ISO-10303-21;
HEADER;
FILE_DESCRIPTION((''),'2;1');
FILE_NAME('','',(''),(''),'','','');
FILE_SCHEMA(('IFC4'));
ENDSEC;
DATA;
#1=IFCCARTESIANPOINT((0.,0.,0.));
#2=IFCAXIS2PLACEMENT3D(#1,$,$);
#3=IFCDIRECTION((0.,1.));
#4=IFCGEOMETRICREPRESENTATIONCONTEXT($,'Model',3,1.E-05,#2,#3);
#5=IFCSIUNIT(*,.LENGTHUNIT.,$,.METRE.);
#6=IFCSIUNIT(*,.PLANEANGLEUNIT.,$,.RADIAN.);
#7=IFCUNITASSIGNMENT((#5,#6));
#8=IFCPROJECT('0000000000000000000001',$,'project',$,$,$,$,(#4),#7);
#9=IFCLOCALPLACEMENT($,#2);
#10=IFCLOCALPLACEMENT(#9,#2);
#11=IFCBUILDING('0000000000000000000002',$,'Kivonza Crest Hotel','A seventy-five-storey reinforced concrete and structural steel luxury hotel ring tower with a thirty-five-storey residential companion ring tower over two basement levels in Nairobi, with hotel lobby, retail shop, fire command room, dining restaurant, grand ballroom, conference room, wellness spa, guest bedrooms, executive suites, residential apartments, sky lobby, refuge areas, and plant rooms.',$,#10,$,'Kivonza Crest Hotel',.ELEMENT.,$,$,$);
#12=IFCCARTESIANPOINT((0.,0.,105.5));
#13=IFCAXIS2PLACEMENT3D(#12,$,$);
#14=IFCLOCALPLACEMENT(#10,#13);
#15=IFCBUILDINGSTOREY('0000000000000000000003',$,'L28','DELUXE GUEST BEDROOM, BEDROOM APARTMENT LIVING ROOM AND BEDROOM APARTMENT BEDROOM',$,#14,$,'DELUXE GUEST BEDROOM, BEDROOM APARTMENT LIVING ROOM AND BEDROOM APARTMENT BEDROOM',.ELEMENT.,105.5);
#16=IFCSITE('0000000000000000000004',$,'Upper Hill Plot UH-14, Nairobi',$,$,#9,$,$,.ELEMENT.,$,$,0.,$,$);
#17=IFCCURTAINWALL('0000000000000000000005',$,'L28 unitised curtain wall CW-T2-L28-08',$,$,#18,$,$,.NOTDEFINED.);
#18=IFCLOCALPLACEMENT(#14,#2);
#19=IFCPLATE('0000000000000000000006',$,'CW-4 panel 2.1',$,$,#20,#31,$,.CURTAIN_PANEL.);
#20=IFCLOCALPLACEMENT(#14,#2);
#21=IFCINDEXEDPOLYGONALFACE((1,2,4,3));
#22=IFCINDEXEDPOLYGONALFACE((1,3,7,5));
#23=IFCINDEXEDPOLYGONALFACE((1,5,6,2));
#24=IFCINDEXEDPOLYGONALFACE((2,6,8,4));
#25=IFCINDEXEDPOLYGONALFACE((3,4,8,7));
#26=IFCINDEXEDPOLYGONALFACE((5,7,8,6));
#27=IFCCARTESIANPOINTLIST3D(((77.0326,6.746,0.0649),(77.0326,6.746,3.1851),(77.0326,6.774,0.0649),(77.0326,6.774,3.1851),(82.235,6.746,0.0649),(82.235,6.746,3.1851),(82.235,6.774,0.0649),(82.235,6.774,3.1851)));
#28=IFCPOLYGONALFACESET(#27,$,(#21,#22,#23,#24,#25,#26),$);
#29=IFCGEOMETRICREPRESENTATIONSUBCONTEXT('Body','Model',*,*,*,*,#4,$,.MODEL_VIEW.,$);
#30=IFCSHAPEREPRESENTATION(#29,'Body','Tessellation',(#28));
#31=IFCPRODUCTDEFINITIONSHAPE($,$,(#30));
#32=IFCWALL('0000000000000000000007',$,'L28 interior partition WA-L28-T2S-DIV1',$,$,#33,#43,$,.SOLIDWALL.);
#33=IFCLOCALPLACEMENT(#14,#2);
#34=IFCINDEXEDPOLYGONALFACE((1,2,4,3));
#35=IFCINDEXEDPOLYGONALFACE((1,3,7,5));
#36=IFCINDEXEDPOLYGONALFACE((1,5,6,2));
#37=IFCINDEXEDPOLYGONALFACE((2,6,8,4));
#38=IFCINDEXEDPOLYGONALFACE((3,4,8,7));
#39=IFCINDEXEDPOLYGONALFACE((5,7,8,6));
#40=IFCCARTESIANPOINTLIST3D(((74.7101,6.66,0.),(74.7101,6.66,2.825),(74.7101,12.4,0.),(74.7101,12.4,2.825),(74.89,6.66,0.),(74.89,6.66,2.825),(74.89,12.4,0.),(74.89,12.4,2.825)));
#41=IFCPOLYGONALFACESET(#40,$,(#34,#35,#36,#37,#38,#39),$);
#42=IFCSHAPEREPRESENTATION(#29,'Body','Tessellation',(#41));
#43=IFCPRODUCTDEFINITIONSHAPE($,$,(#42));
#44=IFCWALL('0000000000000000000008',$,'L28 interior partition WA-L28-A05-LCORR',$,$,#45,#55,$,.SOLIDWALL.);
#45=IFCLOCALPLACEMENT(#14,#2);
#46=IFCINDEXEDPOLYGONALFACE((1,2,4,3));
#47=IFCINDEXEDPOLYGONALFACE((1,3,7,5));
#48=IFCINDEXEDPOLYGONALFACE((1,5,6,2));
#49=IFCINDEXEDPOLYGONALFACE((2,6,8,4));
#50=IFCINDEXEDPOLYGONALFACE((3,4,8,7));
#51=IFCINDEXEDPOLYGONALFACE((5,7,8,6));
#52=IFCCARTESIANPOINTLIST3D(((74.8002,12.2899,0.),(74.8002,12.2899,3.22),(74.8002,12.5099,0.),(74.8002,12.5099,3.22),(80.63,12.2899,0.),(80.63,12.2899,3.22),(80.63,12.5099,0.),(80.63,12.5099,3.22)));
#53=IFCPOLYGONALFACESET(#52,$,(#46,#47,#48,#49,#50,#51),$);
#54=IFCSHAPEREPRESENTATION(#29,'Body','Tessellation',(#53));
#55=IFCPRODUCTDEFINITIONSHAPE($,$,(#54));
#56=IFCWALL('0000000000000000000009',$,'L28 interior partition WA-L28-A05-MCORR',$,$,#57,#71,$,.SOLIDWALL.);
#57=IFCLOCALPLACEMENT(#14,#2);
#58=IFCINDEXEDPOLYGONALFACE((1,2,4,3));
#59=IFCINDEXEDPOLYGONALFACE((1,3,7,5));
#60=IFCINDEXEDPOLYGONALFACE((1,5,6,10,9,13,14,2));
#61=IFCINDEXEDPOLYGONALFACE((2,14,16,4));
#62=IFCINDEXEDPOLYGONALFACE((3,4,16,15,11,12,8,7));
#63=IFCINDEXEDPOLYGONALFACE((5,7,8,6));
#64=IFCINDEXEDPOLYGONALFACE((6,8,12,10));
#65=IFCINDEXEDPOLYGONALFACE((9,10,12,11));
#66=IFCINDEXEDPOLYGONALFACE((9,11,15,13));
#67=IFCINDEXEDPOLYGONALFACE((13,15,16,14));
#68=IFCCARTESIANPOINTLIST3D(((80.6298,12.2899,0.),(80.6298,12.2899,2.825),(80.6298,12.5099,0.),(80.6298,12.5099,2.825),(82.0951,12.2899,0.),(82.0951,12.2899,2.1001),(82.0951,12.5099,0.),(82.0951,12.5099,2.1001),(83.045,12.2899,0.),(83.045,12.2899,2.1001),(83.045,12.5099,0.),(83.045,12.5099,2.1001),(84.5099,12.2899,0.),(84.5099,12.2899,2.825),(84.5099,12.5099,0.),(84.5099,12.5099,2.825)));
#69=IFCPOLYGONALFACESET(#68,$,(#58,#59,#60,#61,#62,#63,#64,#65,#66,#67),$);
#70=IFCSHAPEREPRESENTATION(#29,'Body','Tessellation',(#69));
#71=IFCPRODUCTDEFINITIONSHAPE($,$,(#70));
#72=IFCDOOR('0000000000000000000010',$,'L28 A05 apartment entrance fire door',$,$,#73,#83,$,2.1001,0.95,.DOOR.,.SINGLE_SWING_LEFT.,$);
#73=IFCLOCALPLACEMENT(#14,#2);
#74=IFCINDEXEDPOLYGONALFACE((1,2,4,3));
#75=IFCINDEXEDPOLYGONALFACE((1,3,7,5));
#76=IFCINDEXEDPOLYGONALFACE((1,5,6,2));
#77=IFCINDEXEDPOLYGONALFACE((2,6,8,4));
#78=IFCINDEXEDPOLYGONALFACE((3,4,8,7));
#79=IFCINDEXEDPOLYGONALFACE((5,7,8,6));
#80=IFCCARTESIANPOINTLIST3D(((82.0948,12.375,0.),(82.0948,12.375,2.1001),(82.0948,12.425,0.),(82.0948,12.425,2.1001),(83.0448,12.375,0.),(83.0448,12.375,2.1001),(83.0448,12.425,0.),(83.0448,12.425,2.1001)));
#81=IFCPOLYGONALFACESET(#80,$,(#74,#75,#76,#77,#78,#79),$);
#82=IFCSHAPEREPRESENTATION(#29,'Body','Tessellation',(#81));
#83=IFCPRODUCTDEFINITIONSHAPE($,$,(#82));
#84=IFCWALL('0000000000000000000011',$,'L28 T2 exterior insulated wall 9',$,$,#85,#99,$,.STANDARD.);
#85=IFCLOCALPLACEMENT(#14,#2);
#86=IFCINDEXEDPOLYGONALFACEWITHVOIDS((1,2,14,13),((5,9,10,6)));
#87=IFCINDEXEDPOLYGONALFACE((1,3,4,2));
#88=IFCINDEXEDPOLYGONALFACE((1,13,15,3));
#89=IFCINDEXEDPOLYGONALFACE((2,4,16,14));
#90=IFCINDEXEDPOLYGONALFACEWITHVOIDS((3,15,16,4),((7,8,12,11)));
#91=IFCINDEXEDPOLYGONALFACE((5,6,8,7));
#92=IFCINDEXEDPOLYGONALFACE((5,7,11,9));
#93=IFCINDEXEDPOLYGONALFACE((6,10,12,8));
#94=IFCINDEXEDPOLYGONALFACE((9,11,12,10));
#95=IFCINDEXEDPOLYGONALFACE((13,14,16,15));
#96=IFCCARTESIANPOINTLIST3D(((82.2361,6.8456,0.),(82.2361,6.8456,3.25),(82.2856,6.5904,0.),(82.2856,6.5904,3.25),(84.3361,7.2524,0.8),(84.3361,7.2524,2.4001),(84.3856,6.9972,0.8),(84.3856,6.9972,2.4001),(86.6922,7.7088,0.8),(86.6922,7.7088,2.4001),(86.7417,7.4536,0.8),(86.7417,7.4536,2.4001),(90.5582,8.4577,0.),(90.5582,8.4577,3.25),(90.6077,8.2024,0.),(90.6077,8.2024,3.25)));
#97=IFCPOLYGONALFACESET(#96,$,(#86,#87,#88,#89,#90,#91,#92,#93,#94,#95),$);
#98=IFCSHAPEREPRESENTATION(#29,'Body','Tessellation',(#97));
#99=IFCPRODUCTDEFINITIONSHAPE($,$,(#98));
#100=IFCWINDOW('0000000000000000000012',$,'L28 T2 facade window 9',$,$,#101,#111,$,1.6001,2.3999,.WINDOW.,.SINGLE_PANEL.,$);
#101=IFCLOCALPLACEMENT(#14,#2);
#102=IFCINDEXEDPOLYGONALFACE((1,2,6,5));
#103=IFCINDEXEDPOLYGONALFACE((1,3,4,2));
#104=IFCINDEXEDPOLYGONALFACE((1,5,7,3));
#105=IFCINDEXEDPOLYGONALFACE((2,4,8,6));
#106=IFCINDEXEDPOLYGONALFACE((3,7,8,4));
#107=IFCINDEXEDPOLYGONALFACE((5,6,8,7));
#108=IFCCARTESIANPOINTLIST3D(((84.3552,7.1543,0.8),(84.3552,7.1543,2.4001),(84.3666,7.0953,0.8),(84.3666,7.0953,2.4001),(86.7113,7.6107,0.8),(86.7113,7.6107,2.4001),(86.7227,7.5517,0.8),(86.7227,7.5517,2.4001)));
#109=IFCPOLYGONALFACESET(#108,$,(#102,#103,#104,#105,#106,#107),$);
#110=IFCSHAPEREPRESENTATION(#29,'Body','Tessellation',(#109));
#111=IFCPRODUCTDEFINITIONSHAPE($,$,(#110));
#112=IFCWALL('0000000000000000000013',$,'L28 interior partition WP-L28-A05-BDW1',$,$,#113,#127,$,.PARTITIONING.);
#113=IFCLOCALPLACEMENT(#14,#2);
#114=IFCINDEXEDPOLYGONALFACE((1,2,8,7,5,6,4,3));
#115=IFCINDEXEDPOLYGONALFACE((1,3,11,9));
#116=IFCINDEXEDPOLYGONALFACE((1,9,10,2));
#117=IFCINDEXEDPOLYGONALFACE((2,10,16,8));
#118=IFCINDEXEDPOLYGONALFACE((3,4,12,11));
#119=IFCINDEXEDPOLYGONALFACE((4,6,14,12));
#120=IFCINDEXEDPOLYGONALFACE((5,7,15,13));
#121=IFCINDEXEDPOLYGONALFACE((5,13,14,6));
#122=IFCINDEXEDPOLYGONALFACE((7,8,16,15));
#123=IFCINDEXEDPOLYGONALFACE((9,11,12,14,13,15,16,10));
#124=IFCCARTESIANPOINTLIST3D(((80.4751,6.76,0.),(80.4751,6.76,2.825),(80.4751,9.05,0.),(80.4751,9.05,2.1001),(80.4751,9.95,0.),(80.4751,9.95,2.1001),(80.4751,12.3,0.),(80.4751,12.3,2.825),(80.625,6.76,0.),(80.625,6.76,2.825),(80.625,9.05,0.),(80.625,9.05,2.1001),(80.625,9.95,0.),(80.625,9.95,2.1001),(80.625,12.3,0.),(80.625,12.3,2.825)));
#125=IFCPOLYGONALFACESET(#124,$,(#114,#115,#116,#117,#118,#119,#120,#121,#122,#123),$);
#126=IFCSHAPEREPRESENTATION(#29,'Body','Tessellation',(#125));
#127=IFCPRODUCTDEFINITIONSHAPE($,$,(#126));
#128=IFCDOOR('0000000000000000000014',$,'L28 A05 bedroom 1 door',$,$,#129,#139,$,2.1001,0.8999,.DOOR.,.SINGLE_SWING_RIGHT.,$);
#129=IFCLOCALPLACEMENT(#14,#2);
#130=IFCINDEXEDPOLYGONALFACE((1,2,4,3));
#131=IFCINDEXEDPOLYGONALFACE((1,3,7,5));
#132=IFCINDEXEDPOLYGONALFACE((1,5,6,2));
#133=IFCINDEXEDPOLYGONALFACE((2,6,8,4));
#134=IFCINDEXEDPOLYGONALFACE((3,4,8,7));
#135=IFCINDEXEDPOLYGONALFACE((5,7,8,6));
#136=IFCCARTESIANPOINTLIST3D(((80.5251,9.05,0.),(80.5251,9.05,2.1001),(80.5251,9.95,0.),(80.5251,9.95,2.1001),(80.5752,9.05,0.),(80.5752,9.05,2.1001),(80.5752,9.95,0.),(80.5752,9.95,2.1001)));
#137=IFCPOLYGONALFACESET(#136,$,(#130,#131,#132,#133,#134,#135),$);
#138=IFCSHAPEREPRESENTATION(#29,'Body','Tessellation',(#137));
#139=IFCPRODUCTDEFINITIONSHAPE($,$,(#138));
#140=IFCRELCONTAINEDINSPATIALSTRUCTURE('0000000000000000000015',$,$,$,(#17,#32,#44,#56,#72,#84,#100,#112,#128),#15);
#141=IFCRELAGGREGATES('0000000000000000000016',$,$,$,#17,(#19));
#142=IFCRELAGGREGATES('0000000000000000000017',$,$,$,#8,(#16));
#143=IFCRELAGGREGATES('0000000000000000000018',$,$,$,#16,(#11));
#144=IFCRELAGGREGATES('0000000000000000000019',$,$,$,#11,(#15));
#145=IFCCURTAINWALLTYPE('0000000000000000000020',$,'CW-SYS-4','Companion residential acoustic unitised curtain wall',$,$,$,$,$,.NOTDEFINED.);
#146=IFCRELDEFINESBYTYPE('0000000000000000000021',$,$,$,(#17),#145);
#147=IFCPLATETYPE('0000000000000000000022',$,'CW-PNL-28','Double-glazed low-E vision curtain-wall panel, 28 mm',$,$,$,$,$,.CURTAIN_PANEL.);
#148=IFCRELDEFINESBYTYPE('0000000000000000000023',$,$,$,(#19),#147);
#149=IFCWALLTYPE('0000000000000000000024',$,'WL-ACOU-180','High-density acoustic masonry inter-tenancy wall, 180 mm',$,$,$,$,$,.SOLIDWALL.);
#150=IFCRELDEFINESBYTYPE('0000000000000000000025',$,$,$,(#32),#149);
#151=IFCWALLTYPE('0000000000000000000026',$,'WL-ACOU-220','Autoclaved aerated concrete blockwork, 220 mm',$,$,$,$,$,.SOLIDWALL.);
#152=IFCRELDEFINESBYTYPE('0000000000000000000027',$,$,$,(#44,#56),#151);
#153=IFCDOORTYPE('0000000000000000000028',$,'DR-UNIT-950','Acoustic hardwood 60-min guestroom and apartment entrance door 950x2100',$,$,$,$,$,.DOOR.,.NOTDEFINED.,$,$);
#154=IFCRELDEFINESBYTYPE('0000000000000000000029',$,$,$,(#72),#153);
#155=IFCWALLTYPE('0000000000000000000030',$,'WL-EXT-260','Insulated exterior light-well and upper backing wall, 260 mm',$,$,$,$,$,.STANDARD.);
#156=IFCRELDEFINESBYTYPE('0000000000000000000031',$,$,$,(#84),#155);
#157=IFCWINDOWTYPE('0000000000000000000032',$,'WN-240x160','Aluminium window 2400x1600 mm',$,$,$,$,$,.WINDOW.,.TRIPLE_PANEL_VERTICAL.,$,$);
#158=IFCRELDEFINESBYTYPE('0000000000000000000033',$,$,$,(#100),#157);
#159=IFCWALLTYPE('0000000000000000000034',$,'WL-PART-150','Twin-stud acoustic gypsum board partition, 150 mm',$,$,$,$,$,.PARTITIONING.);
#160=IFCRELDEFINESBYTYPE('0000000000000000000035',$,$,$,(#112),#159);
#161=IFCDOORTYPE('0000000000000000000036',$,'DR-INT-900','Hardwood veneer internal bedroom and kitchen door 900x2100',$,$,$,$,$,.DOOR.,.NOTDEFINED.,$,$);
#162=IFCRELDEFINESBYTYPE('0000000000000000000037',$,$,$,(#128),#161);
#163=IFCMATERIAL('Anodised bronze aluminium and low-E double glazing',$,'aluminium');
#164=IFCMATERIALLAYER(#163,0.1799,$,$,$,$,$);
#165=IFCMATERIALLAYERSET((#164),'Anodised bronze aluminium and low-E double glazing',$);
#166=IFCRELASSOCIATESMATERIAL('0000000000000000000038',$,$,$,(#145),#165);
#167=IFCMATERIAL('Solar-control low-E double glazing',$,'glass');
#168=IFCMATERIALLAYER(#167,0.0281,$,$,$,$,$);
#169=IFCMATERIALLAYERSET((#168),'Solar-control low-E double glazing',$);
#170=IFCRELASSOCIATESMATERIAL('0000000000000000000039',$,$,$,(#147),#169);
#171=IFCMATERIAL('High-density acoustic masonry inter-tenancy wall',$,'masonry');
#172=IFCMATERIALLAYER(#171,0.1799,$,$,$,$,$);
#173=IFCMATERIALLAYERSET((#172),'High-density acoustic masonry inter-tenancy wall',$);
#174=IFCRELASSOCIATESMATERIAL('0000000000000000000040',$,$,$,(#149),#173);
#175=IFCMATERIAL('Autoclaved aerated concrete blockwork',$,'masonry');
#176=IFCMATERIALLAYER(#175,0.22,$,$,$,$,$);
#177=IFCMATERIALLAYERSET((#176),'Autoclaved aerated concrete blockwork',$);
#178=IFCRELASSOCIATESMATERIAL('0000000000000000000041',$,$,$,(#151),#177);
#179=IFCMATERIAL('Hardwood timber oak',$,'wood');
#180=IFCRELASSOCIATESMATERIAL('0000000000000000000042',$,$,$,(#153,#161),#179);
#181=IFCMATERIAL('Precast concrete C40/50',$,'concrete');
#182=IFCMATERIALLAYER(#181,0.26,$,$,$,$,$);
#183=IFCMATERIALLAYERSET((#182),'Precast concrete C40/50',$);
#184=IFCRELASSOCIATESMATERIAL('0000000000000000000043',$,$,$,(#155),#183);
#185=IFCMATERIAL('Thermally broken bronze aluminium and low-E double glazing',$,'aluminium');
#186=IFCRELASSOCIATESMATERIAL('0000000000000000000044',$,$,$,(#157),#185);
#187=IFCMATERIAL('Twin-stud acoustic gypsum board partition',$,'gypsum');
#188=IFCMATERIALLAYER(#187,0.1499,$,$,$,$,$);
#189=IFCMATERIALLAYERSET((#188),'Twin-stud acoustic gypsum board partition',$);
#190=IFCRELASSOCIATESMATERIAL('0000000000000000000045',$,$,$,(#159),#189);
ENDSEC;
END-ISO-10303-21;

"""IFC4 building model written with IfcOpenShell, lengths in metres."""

from ifc_helpers import new_model, si_unit, direction, frame, frame_2d, origin, origin_2d, place, context, subcontext, project, spatial, rectangle, extrude, material, layer, layer_set, type_object, element, fill, aggregate, save


model = new_model("IFC4")

# Units and contexts
model_context = context("Model", 3, precision=1e-05, world=origin(), true_north=direction((0.0, 1.0)))
body_context = subcontext(model_context, "Body", "Model", "MODEL_VIEW")
ifc_project = project(units=[si_unit("LENGTHUNIT", "METRE"), si_unit("PLANEANGLEUNIT", "RADIAN")], contexts=[model_context])

# Site, building, storey
site_placement = place(None, origin())
site = spatial("IfcSite", under=ifc_project, at=site_placement, Name="Upper Hill Plot UH-14, Nairobi", CompositionType="ELEMENT", RefElevation=0.0)
building_placement = place(site_placement, origin())
building = spatial("IfcBuilding", under=site, at=building_placement, Name="Kivonza Crest Hotel", Description="A seventy-five-storey reinforced concrete and structural steel luxury hotel ring tower with a thirty-five-storey residential companion ring tower over two basement levels in Nairobi, with hotel lobby, retail shop, fire command room, dining restaurant, grand ballroom, conference room, wellness spa, guest bedrooms, executive suites, residential apartments, sky lobby, refuge areas, and plant rooms.", LongName="Kivonza Crest Hotel", CompositionType="ELEMENT")
storey_placement = place(building_placement, frame((0.0, 0.0, 105.5)))
storey = spatial("IfcBuildingStorey", under=building, at=storey_placement, Name="L28", Description="DELUXE GUEST BEDROOM, BEDROOM APARTMENT LIVING ROOM AND BEDROOM APARTMENT BEDROOM", LongName="DELUXE GUEST BEDROOM, BEDROOM APARTMENT LIVING ROOM AND BEDROOM APARTMENT BEDROOM", CompositionType="ELEMENT", Elevation=105.5)

# Curtain wall, plate
ifc_material_1 = material(Name="Anodised bronze aluminium and low-E double glazing", Category="aluminium")
ifc_layer_1 = layer(ifc_material_1, 0.1799)
ifc_layer_set_1 = layer_set([ifc_layer_1], Name="Anodised bronze aluminium and low-E double glazing")
curtain_wall_type = type_object("IfcCurtainWallType", Name="CW-SYS-4", Description="Companion residential acoustic unitised curtain wall", PredefinedType="NOTDEFINED", material=ifc_layer_set_1)
curtain_wall_placement = place(storey_placement, origin())
curtain_wall = element("IfcCurtainWall", 1, at=curtain_wall_placement, inside=storey, type_object=curtain_wall_type, Name="L28 unitised curtain wall CW-T2-L28-08", PredefinedType="NOTDEFINED")
ifc_material_2 = material(Name="Solar-control low-E double glazing", Category="glass")
ifc_layer_2 = layer(ifc_material_2, 0.0281)
ifc_layer_set_2 = layer_set([ifc_layer_2], Name="Solar-control low-E double glazing")
plate_type = type_object("IfcPlateType", Name="CW-PNL-28", Description="Double-glazed low-E vision curtain-wall panel, 28 mm", PredefinedType="CURTAIN_PANEL", material=ifc_layer_set_2)
plate_1_placement = place(storey_placement, frame((79.6338, 6.76, 0.0649), z_axis=(0.0, 0.0, 1.0), x_axis=(1.0, 0.0, 0.0)))
plate_1 = element("IfcPlate", 2, at=plate_1_placement, type_object=plate_type, Name="CW-4 panel 2.1", PredefinedType="CURTAIN_PANEL", context=body_context, shape_type="SweptSolid", body=[
    extrude(rectangle(XDim=5.2024, YDim=0.0281, at=origin_2d()), origin(), (0.0, 0.0, 1.0), 3.1201),
])
aggregate(curtain_wall, [plate_1])

# Walls
ifc_material_3 = material(Name="High-density acoustic masonry inter-tenancy wall", Category="masonry")
ifc_layer_3 = layer(ifc_material_3, 0.1799)
ifc_layer_set_3 = layer_set([ifc_layer_3], Name="High-density acoustic masonry inter-tenancy wall")
wall_type_1 = type_object("IfcWallType", Name="WL-ACOU-180", Description="High-density acoustic masonry inter-tenancy wall, 180 mm", PredefinedType="SOLIDWALL", material=ifc_layer_set_3)
wall_1_placement = place(storey_placement, frame((74.8, 6.6599, 0.0), z_axis=(0.0, 0.0, 1.0), x_axis=(0.0, 1.0, 0.0)))
element("IfcWall", 3, at=wall_1_placement, inside=storey, type_object=wall_type_1, Name="L28 interior partition WA-L28-T2S-DIV1", PredefinedType="SOLIDWALL", context=body_context, shape_type="SweptSolid", body=[
    extrude(rectangle(XDim=5.74, YDim=0.1799, at=frame_2d((2.8701, 0.0))), origin(), (0.0, 0.0, 1.0), 2.825),
])
ifc_material_4 = material(Name="Autoclaved aerated concrete blockwork", Category="masonry")
ifc_layer_4 = layer(ifc_material_4, 0.22)
ifc_layer_set_4 = layer_set([ifc_layer_4], Name="Autoclaved aerated concrete blockwork")
wall_type_2 = type_object("IfcWallType", Name="WL-ACOU-220", Description="Autoclaved aerated concrete blockwork, 220 mm", PredefinedType="SOLIDWALL", material=ifc_layer_set_4)
wall_2_placement = place(storey_placement, frame((74.8, 12.3999, 0.0), z_axis=(0.0, 0.0, 1.0), x_axis=(1.0, 0.0, 0.0)))
element("IfcWall", 4, at=wall_2_placement, inside=storey, type_object=wall_type_2, Name="L28 interior partition WA-L28-A05-LCORR", PredefinedType="SOLIDWALL", context=body_context, shape_type="SweptSolid", body=[
    extrude(rectangle(XDim=5.8298, YDim=0.22, at=frame_2d((2.915, 0.0))), origin(), (0.0, 0.0, 1.0), 3.22),
])

# Wall, opening, door
wall_3_placement = place(storey_placement, frame((80.6299, 12.3999, 0.0), z_axis=(0.0, 0.0, 1.0), x_axis=(1.0, 0.0, 0.0)))
wall_3 = element("IfcWall", 5, at=wall_3_placement, inside=storey, type_object=wall_type_2, Name="L28 interior partition WA-L28-A05-MCORR", PredefinedType="SOLIDWALL", context=body_context, shape_type="SweptSolid", body=[
    extrude(rectangle(XDim=3.8801, YDim=0.22, at=frame_2d((1.9399, 0.0))), origin(), (0.0, 0.0, 1.0), 2.825),
])
opening_1_placement = place(wall_3_placement, frame((1.4651, 0.0, 0.0)))
opening_1 = element("IfcOpeningElement", 6, at=opening_1_placement, cuts=wall_3, PredefinedType="OPENING", context=body_context, shape_type="SweptSolid", body=[
    extrude(rectangle(XDim=0.95, YDim=2.1001, at=frame_2d((0.4751, 1.05))), frame((0.0, 0.1201, 0.0), z_axis=(0.0, -1.0, 0.0), x_axis=(1.0, 0.0, 0.0)), (0.0, 0.0, 1.0), 0.24),
])
ifc_material_5 = material(Name="Hardwood timber oak", Category="wood")
door_type_1 = type_object("IfcDoorType", Name="DR-UNIT-950", Description="Acoustic hardwood 60-min guestroom and apartment entrance door 950x2100", OperationType="NOTDEFINED", PredefinedType="DOOR", material=ifc_material_5)
door_1_placement = place(opening_1_placement, frame((0.95, 0.0, 0.0), z_axis=(0.0, 0.0, 1.0), x_axis=(-1.0, 0.0, 0.0)))
door_1 = element("IfcDoor", 7, at=door_1_placement, inside=storey, type_object=door_type_1, Name="L28 A05 apartment entrance fire door", OperationType="SINGLE_SWING_LEFT", OverallHeight=2.1001, OverallWidth=0.95, PredefinedType="DOOR", context=body_context, shape_type="SweptSolid", body=[
    extrude(rectangle(XDim=0.95, YDim=2.1001, at=frame_2d((0.4751, 1.05))), frame((0.0, 0.0249, 0.0), z_axis=(0.0, -1.0, 0.0), x_axis=(1.0, 0.0, 0.0)), (0.0, 0.0, 1.0), 0.05),
])
fill(opening_1, door_1)

# Wall, opening, window
ifc_material_6 = material(Name="Precast concrete C40/50", Category="concrete")
ifc_layer_5 = layer(ifc_material_6, 0.26)
ifc_layer_set_5 = layer_set([ifc_layer_5], Name="Precast concrete C40/50")
wall_type_3 = type_object("IfcWallType", Name="WL-EXT-260", Description="Insulated exterior light-well and upper backing wall, 260 mm", PredefinedType="STANDARD", material=ifc_layer_set_5)
wall_4_placement = place(storey_placement, frame((82.261, 6.718, 0.0), z_axis=(0.0, 0.0, 1.0), x_axis=(0.98175, 0.190175, 0.0)))
wall_4 = element("IfcWall", 8, at=wall_4_placement, inside=storey, type_object=wall_type_3, Name="L28 T2 exterior insulated wall 9", PredefinedType="STANDARD", context=body_context, shape_type="SweptSolid", body=[
    extrude(rectangle(XDim=8.4768, YDim=0.26, at=frame_2d((4.2383, 0.0))), origin(), (0.0, 0.0, 1.0), 3.25),
])
opening_2_placement = place(wall_4_placement, frame((2.1389, 0.0, 0.8)))
opening_2 = element("IfcOpeningElement", 9, at=opening_2_placement, cuts=wall_4, PredefinedType="OPENING", context=body_context, shape_type="SweptSolid", body=[
    extrude(rectangle(XDim=2.3999, YDim=1.6001, at=frame_2d((1.2, 0.8))), frame((0.0, 0.1401, 0.0), z_axis=(0.0, -1.0, 0.0), x_axis=(1.0, 0.0, 0.0)), (0.0, 0.0, 1.0), 0.28),
])
ifc_material_7 = material(Name="Thermally broken bronze aluminium and low-E double glazing", Category="aluminium")
window_type = type_object("IfcWindowType", Name="WN-240x160", Description="Aluminium window 2400x1600 mm", PartitioningType="TRIPLE_PANEL_VERTICAL", PredefinedType="WINDOW", material=ifc_material_7)
window_placement = place(opening_2_placement, origin())
window = element("IfcWindow", 10, at=window_placement, inside=storey, type_object=window_type, Name="L28 T2 facade window 9", OverallHeight=1.6001, OverallWidth=2.3999, PartitioningType="SINGLE_PANEL", PredefinedType="WINDOW", context=body_context, shape_type="SweptSolid", body=[
    extrude(rectangle(XDim=2.3999, YDim=1.6001, at=frame_2d((1.2, 0.8))), frame((0.0, 0.03, 0.0), z_axis=(0.0, -1.0, 0.0), x_axis=(1.0, 0.0, 0.0)), (0.0, 0.0, 1.0), 0.0601),
])
fill(opening_2, window)

# Wall, opening, door
ifc_material_8 = material(Name="Twin-stud acoustic gypsum board partition", Category="gypsum")
ifc_layer_6 = layer(ifc_material_8, 0.1499)
ifc_layer_set_6 = layer_set([ifc_layer_6], Name="Twin-stud acoustic gypsum board partition")
wall_type_4 = type_object("IfcWallType", Name="WL-PART-150", Description="Twin-stud acoustic gypsum board partition, 150 mm", PredefinedType="PARTITIONING", material=ifc_layer_set_6)
wall_5_placement = place(storey_placement, frame((80.55, 6.76, 0.0), z_axis=(0.0, 0.0, 1.0), x_axis=(0.0, 1.0, 0.0)))
wall_5 = element("IfcWall", 11, at=wall_5_placement, inside=storey, type_object=wall_type_4, Name="L28 interior partition WP-L28-A05-BDW1", PredefinedType="PARTITIONING", context=body_context, shape_type="SweptSolid", body=[
    extrude(rectangle(XDim=5.54, YDim=0.1499, at=frame_2d((2.77, 0.0))), origin(), (0.0, 0.0, 1.0), 2.825),
])
opening_3_placement = place(wall_5_placement, frame((2.29, 0.0, 0.0)))
opening_3 = element("IfcOpeningElement", 12, at=opening_3_placement, cuts=wall_5, PredefinedType="OPENING", context=body_context, shape_type="SweptSolid", body=[
    extrude(rectangle(XDim=0.8999, YDim=2.1001, at=frame_2d((0.45, 1.05))), frame((0.0, 0.085, 0.0), z_axis=(0.0, -1.0, 0.0), x_axis=(1.0, 0.0, 0.0)), (0.0, 0.0, 1.0), 0.1699),
])
door_type_2 = type_object("IfcDoorType", Name="DR-INT-900", Description="Hardwood veneer internal bedroom and kitchen door 900x2100", OperationType="NOTDEFINED", PredefinedType="DOOR", material=ifc_material_5)
door_2_placement = place(opening_3_placement, origin())
door_2 = element("IfcDoor", 13, at=door_2_placement, inside=storey, type_object=door_type_2, Name="L28 A05 bedroom 1 door", OperationType="SINGLE_SWING_RIGHT", OverallHeight=2.1001, OverallWidth=0.8999, PredefinedType="DOOR", context=body_context, shape_type="SweptSolid", body=[
    extrude(rectangle(XDim=0.8999, YDim=2.1001, at=frame_2d((0.45, 1.05))), frame((0.0, 0.0249, 0.0), z_axis=(0.0, -1.0, 0.0), x_axis=(1.0, 0.0, 0.0)), (0.0, 0.0, 1.0), 0.05),
])
fill(opening_3, door_2)

save(model, "model.ifc")
